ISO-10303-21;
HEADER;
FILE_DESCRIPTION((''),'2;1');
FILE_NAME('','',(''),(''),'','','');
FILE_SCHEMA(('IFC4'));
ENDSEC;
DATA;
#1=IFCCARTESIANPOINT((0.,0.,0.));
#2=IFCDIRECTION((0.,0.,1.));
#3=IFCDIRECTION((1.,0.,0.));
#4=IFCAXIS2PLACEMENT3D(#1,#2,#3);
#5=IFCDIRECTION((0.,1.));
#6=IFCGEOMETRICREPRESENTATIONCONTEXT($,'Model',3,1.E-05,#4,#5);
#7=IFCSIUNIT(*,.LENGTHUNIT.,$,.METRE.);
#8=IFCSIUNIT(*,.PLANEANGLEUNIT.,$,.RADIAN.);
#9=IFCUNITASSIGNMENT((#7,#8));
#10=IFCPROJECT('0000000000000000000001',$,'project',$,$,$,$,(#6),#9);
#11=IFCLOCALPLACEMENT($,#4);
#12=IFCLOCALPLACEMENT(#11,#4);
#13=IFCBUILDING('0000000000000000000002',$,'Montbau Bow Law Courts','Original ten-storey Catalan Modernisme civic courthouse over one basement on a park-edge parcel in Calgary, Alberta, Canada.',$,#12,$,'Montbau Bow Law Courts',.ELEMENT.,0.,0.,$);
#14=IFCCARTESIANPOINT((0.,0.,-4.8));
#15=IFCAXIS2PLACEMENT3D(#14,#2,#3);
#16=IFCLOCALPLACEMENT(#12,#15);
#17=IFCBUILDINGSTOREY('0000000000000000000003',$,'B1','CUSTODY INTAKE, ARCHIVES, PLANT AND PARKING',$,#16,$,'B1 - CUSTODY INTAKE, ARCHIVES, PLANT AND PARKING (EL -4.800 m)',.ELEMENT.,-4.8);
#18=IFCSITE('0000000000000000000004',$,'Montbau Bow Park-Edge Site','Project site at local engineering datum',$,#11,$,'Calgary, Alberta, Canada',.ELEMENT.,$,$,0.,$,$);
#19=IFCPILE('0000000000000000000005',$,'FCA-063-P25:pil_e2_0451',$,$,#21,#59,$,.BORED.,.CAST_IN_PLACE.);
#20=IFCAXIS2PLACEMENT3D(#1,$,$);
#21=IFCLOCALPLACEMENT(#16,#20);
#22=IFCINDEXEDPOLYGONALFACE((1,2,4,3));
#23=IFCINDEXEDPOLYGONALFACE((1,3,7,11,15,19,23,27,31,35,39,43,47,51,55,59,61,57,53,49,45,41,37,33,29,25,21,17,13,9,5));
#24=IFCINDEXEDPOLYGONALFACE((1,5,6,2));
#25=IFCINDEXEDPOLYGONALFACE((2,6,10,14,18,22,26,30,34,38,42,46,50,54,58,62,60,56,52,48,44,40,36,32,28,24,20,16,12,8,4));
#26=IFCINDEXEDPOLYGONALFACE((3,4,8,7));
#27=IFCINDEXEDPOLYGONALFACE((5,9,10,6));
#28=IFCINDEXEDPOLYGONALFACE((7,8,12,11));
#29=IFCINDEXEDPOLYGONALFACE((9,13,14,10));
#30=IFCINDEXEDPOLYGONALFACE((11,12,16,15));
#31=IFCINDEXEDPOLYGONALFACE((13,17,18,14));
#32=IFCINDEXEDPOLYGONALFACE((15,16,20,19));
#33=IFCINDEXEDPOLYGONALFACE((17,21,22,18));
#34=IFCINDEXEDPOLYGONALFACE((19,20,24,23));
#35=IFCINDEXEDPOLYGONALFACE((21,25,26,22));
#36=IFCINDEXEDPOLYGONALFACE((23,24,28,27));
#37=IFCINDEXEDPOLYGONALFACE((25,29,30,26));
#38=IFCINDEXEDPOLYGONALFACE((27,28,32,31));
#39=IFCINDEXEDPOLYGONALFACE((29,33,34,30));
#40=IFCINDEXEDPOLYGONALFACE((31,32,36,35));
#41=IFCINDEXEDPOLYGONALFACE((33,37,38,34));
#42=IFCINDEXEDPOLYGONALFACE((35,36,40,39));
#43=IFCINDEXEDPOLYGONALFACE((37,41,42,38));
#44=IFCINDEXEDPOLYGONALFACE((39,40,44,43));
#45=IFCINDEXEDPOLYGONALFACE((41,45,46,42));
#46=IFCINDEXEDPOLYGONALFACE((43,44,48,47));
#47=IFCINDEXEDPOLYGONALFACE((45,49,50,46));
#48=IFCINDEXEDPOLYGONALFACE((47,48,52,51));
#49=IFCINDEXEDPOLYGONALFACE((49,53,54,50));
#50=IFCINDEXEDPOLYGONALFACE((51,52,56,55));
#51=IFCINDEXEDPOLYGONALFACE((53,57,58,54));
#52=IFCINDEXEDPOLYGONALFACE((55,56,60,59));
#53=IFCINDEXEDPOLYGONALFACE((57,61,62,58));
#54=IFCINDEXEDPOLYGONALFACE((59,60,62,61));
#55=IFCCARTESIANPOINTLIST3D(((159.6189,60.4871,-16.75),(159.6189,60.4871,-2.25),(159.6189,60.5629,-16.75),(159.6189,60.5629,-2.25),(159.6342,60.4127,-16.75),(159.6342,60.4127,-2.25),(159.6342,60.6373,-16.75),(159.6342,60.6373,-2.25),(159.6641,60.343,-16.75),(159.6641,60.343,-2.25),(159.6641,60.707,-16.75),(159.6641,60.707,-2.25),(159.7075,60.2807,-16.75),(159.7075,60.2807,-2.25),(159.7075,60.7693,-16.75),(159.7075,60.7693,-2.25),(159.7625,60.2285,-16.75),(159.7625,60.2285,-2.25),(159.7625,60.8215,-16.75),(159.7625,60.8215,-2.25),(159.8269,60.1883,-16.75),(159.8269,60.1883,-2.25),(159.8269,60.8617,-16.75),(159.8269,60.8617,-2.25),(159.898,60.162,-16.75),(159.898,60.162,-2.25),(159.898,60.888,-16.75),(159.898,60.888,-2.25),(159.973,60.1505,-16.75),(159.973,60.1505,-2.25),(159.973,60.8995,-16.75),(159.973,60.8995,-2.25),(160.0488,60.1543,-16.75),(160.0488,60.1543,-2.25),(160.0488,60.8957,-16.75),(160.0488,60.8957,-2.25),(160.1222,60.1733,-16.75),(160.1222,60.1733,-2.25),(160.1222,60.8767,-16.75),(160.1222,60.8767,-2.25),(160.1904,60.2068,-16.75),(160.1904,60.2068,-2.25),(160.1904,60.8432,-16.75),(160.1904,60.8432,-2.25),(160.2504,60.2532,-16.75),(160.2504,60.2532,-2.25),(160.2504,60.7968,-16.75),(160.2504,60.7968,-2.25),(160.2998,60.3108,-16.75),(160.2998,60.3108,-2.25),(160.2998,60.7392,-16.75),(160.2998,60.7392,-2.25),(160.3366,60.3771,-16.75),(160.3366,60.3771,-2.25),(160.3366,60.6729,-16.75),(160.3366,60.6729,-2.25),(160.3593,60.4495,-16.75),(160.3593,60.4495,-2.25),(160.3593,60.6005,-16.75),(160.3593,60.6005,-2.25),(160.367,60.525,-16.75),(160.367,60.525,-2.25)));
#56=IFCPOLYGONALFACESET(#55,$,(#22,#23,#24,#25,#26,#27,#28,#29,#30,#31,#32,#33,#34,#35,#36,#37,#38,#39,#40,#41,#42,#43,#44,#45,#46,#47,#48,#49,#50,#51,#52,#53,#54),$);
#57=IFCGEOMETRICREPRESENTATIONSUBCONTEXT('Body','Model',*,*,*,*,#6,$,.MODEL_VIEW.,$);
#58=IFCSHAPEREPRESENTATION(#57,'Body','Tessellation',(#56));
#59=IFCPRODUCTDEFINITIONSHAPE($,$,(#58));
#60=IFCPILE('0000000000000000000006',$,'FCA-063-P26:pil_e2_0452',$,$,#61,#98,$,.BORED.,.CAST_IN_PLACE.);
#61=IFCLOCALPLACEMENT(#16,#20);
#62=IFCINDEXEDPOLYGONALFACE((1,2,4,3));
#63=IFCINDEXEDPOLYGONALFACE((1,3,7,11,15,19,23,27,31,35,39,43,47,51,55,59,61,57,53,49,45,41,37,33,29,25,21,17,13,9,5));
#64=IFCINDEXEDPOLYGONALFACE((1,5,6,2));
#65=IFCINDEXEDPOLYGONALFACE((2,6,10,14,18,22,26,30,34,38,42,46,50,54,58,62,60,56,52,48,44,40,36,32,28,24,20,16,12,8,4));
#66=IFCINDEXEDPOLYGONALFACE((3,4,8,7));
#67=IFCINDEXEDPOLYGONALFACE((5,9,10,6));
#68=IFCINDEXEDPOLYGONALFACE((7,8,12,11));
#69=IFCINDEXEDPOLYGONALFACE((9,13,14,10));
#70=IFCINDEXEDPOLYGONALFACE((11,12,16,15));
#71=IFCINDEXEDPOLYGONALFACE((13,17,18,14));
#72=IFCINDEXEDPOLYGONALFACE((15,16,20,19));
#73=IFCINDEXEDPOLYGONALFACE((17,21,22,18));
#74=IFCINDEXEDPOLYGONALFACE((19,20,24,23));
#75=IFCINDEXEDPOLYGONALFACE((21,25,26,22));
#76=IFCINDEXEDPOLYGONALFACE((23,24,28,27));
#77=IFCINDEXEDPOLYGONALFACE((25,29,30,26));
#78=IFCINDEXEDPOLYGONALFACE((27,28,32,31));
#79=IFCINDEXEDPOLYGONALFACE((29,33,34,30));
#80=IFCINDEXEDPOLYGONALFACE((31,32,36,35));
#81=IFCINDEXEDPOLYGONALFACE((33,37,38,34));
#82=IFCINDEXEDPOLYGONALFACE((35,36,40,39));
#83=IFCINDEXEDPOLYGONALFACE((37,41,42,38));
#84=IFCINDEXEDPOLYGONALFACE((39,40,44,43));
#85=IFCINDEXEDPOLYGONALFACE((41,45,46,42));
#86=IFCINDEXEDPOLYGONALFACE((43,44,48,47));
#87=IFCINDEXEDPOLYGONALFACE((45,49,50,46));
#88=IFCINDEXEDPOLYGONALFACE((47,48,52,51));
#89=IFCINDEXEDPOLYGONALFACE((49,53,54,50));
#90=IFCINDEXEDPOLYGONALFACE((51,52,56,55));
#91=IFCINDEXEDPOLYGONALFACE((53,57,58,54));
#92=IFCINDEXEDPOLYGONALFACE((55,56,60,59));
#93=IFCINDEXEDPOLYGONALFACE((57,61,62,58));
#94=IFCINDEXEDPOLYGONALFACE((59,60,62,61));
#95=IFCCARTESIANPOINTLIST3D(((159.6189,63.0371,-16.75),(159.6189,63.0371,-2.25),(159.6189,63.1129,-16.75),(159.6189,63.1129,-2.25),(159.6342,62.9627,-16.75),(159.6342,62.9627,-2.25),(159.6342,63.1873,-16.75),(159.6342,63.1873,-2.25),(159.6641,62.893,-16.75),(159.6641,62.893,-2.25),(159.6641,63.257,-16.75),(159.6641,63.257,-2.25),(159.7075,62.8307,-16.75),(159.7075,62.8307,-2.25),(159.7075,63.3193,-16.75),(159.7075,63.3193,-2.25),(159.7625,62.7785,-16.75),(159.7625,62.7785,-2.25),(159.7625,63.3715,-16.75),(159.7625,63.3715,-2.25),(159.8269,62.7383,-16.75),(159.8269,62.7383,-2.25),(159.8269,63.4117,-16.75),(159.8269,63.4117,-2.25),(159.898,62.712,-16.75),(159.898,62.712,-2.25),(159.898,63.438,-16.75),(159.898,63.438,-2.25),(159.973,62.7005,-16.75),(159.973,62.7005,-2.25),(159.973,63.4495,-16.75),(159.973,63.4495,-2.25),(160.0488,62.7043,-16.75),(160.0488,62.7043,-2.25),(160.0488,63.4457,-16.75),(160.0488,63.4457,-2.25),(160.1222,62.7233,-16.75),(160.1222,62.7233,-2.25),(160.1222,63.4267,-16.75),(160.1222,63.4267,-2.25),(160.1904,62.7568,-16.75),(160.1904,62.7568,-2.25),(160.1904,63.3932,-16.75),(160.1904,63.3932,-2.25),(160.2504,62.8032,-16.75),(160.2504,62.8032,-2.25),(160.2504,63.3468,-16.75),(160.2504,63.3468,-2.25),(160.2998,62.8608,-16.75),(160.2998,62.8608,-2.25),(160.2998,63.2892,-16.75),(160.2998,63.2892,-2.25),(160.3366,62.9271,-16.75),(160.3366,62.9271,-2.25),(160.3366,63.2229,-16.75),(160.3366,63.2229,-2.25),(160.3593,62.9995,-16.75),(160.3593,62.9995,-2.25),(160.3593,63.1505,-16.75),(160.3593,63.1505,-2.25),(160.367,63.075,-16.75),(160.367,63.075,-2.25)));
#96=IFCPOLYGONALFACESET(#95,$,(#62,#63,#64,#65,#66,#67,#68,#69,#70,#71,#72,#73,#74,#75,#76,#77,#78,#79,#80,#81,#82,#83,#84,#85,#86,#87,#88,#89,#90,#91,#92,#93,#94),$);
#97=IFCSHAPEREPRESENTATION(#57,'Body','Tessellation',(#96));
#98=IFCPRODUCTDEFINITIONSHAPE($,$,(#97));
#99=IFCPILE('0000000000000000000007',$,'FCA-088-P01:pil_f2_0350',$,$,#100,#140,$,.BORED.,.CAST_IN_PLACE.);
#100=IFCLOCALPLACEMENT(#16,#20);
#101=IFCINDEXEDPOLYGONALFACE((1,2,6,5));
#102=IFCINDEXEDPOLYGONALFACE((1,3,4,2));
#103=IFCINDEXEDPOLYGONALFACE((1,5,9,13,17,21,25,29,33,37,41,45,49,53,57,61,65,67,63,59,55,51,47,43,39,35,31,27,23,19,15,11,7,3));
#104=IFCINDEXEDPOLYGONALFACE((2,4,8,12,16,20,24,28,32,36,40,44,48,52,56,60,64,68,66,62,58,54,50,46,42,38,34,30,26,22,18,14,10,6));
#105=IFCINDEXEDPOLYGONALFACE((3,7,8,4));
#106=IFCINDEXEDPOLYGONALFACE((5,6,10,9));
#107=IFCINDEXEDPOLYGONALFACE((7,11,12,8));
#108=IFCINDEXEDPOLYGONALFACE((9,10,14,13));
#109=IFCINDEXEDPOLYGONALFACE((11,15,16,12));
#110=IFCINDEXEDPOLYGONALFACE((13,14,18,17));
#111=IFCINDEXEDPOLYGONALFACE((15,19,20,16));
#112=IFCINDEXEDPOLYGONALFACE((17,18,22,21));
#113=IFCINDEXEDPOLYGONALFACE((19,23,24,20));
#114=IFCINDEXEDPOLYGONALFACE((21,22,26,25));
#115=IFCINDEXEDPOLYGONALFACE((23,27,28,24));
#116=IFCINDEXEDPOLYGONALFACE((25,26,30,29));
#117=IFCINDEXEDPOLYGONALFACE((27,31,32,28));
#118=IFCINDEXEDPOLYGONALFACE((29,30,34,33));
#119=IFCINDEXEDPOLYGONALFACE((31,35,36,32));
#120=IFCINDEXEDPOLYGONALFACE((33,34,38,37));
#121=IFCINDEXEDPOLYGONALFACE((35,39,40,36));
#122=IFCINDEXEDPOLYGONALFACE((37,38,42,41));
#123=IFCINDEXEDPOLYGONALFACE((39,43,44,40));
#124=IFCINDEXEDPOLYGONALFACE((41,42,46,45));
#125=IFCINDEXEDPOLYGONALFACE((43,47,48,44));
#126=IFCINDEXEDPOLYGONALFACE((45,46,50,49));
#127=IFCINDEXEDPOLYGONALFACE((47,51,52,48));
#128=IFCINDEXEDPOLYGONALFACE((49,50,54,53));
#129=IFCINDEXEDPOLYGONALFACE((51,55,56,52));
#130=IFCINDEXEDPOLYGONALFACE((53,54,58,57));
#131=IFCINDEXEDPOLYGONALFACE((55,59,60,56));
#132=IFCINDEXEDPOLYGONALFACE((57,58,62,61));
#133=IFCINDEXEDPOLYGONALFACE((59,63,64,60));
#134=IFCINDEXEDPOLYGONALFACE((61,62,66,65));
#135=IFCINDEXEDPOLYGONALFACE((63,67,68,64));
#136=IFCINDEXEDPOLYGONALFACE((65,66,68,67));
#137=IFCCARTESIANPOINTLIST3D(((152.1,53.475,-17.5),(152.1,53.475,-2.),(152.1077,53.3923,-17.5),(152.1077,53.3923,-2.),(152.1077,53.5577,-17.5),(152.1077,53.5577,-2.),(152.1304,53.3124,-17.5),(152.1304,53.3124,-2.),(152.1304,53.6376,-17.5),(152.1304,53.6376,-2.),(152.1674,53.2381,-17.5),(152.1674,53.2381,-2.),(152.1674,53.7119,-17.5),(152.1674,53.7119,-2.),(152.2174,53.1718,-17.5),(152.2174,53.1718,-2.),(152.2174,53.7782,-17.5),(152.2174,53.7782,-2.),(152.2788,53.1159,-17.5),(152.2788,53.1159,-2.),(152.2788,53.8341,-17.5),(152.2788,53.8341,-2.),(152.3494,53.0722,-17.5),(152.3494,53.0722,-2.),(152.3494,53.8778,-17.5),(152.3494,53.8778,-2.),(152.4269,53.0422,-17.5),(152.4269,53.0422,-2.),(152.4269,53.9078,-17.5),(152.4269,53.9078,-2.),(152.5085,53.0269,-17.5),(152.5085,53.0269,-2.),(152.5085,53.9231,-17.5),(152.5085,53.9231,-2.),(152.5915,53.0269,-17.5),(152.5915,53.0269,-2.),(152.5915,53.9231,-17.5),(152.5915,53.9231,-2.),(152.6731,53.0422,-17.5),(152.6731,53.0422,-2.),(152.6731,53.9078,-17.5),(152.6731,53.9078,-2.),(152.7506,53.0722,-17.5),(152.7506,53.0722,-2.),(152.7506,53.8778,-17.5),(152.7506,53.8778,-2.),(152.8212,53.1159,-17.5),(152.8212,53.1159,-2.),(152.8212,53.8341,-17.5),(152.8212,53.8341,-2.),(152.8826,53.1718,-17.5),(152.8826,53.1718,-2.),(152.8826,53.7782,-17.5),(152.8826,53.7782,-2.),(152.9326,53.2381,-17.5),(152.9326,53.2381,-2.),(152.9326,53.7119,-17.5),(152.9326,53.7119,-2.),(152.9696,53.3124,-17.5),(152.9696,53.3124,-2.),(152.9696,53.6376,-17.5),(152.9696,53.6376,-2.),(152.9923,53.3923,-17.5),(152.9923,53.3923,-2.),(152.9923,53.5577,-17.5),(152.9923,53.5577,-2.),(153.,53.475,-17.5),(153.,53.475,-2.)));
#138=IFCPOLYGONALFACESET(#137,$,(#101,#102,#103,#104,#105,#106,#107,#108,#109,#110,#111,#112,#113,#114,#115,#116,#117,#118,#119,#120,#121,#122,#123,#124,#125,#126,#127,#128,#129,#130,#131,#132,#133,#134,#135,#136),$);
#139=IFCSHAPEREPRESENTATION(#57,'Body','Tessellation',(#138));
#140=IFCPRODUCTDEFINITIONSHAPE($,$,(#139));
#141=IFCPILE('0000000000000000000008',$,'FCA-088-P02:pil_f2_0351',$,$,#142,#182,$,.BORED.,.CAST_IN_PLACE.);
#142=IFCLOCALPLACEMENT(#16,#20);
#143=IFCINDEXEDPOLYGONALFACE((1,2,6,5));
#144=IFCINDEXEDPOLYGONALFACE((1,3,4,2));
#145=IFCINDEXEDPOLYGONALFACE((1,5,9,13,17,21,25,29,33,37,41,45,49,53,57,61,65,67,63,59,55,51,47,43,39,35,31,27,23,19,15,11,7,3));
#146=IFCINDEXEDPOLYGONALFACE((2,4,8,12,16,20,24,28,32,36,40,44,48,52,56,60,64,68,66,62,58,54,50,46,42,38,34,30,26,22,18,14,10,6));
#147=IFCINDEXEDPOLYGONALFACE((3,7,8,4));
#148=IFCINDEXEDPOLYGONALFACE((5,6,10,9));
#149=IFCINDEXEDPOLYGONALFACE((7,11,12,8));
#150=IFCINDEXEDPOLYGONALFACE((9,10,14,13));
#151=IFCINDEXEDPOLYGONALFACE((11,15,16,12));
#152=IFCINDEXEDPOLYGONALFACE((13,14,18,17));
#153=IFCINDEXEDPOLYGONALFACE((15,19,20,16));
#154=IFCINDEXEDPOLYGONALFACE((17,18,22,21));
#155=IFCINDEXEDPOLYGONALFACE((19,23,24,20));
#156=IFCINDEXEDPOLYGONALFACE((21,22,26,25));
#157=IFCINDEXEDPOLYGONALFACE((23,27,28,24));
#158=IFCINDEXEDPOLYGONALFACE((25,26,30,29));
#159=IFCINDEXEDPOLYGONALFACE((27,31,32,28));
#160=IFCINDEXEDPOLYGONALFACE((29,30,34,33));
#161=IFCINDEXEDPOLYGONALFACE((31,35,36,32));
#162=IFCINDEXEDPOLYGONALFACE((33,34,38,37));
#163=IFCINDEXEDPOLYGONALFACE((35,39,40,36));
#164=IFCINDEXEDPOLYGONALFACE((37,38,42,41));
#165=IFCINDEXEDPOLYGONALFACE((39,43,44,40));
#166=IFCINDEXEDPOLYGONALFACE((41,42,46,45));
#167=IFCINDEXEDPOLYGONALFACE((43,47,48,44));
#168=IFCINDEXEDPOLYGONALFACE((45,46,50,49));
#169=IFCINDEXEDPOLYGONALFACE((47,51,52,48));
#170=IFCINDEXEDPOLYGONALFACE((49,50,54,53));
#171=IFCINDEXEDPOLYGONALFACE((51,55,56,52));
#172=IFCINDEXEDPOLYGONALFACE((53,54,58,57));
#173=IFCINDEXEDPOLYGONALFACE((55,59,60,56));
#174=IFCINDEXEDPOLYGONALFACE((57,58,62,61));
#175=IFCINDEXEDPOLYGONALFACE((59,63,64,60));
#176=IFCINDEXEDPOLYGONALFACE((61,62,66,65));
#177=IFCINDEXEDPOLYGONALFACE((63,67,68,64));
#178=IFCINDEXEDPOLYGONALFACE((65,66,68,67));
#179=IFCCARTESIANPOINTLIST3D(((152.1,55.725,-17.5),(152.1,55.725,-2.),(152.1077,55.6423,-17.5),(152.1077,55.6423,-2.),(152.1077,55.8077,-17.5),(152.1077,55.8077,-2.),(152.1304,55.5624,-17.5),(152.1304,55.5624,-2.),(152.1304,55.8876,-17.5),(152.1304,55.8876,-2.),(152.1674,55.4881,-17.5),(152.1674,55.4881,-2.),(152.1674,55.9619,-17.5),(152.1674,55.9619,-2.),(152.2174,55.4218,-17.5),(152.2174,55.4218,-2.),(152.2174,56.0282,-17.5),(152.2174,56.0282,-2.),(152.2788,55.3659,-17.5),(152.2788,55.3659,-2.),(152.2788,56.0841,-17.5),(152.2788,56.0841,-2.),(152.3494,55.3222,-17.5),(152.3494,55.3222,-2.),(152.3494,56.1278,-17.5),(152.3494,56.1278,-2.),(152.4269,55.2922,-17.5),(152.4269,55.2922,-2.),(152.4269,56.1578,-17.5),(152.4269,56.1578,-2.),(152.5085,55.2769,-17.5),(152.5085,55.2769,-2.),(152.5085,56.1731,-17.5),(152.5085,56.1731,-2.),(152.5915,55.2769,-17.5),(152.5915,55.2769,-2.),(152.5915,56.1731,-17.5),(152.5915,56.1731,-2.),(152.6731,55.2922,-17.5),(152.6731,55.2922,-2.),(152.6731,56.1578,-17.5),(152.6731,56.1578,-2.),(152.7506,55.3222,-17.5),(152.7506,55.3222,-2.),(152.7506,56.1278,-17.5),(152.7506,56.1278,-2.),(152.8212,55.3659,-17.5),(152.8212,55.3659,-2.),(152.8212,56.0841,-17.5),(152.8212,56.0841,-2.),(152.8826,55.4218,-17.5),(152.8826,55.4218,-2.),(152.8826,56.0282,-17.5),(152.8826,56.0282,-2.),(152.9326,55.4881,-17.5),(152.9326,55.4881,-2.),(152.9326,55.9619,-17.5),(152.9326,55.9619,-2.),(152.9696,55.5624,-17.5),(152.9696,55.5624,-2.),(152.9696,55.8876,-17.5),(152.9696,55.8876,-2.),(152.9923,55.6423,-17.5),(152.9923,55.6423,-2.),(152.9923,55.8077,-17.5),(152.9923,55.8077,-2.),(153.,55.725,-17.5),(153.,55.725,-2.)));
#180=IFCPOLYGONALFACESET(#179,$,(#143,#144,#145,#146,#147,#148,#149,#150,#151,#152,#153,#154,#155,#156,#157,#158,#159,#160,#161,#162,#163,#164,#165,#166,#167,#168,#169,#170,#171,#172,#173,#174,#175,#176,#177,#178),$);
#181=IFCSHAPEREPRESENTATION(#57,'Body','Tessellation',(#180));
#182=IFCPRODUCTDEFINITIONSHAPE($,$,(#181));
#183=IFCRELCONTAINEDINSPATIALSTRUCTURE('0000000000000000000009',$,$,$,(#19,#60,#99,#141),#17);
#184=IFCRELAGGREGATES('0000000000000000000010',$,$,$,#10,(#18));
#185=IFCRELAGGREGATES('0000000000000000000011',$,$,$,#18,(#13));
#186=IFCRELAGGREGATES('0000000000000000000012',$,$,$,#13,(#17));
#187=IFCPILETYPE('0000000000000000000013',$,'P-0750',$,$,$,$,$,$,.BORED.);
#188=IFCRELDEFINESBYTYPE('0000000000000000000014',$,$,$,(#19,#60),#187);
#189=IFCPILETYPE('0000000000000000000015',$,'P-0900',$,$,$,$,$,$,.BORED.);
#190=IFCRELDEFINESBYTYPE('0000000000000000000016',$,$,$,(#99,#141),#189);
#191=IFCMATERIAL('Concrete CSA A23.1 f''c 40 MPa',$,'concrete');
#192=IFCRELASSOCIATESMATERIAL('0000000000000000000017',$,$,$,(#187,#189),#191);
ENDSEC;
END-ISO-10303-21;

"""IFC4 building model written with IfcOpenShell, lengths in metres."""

from ifc_helpers import new_model, si_unit, direction, frame, origin_with_axes, origin_2d_with_axis, place, context, subcontext, project, spatial, circle, extrude, material, material_profile, profile_set, type_object, element, save


model = new_model("IFC4")

# Units and contexts
model_context = context("Model", 3, precision=1e-05, world=origin_with_axes(), true_north=direction((0.0, 1.0)))
body_context = subcontext(model_context, "Body", "Model", "MODEL_VIEW")
ifc_project = project(units=[si_unit("LENGTHUNIT", "METRE"), si_unit("PLANEANGLEUNIT", "RADIAN")], contexts=[model_context])

# Site, building, storey
site_placement = place(None, origin_with_axes())
site = spatial("IfcSite", under=ifc_project, at=site_placement, Name="Montbau Bow Park-Edge Site", Description="Project site at local engineering datum", LongName="Calgary, Alberta, Canada", CompositionType="ELEMENT", RefElevation=0.0)
building_placement = place(site_placement, origin_with_axes())
building = spatial("IfcBuilding", under=site, at=building_placement, Name="Montbau Bow Law Courts", Description="Original ten-storey Catalan Modernisme civic courthouse over one basement on a park-edge parcel in Calgary, Alberta, Canada.", LongName="Montbau Bow Law Courts", CompositionType="ELEMENT", ElevationOfRefHeight=0.0, ElevationOfTerrain=0.0)
storey_placement = place(building_placement, frame((0.0, 0.0, -4.8), z_axis=(0.0, 0.0, 1.0), x_axis=(1.0, 0.0, 0.0)))
storey = spatial("IfcBuildingStorey", under=building, at=storey_placement, Name="B1", Description="CUSTODY INTAKE, ARCHIVES, PLANT AND PARKING", LongName="B1 - CUSTODY INTAKE, ARCHIVES, PLANT AND PARKING (EL -4.800 m)", CompositionType="ELEMENT", Elevation=-4.8)

# Piles
ifc_material_1 = material(Name="Concrete CSA A23.1 f'c 40 MPa", Category="concrete")
ifc_material_profile_1 = material_profile(ifc_material_1, circle(Radius=0.375, at=origin_2d_with_axis()), Name="BP750", Category="Main", Priority=0)
ifc_profile_set_1 = profile_set([ifc_material_profile_1], Name="Concrete CSA A23.1 f'c 40 MPa")
pile_type_1 = type_object("IfcPileType", Name="P-0750", PredefinedType="BORED", material=ifc_profile_set_1)
for number, where, z_axis, x_axis, name in (
    (1, (159.992, 60.525, -21.55), (0.0, 0.0, 1.0), (1.0, 0.0, 0.0), "FCA-063-P25:pil_e2_0451"),
    (2, (159.992, 63.075, -21.55), (0.0, 0.0, 1.0), (1.0, 0.0, 0.0), "FCA-063-P26:pil_e2_0452"),
):
    element("IfcPile", number, at=place(None, frame(where, z_axis=z_axis, x_axis=x_axis)), inside=storey, type_object=pile_type_1, Name=name, ConstructionType="CAST_IN_PLACE", PredefinedType="BORED", context=body_context, shape_type="SweptSolid", body=[
        extrude(circle(Radius=0.375, at=origin_2d_with_axis()), origin_with_axes(), (0.0, 0.0, 1.0), 14.5),
    ])
ifc_material_profile_2 = material_profile(ifc_material_1, circle(Radius=0.45, at=origin_2d_with_axis()), Name="BP900", Category="Main", Priority=0)
ifc_profile_set_2 = profile_set([ifc_material_profile_2], Name="Concrete CSA A23.1 f'c 40 MPa")
pile_type_2 = type_object("IfcPileType", Name="P-0900", PredefinedType="BORED", material=ifc_profile_set_2)
for number, where, z_axis, x_axis, name in (
    (3, (152.55, 53.475, -22.3), (0.0, 0.0, 1.0), (1.0, 0.0, 0.0), "FCA-088-P01:pil_f2_0350"),
    (4, (152.55, 55.725, -22.3), (0.0, 0.0, 1.0), (1.0, 0.0, 0.0), "FCA-088-P02:pil_f2_0351"),
):
    element("IfcPile", number, at=place(None, frame(where, z_axis=z_axis, x_axis=x_axis)), inside=storey, type_object=pile_type_2, Name=name, ConstructionType="CAST_IN_PLACE", PredefinedType="BORED", context=body_context, shape_type="SweptSolid", body=[
        extrude(circle(Radius=0.45, at=origin_2d_with_axis()), origin_with_axes(), (0.0, 0.0, 1.0), 15.5),
    ])

save(model, "model.ifc")
